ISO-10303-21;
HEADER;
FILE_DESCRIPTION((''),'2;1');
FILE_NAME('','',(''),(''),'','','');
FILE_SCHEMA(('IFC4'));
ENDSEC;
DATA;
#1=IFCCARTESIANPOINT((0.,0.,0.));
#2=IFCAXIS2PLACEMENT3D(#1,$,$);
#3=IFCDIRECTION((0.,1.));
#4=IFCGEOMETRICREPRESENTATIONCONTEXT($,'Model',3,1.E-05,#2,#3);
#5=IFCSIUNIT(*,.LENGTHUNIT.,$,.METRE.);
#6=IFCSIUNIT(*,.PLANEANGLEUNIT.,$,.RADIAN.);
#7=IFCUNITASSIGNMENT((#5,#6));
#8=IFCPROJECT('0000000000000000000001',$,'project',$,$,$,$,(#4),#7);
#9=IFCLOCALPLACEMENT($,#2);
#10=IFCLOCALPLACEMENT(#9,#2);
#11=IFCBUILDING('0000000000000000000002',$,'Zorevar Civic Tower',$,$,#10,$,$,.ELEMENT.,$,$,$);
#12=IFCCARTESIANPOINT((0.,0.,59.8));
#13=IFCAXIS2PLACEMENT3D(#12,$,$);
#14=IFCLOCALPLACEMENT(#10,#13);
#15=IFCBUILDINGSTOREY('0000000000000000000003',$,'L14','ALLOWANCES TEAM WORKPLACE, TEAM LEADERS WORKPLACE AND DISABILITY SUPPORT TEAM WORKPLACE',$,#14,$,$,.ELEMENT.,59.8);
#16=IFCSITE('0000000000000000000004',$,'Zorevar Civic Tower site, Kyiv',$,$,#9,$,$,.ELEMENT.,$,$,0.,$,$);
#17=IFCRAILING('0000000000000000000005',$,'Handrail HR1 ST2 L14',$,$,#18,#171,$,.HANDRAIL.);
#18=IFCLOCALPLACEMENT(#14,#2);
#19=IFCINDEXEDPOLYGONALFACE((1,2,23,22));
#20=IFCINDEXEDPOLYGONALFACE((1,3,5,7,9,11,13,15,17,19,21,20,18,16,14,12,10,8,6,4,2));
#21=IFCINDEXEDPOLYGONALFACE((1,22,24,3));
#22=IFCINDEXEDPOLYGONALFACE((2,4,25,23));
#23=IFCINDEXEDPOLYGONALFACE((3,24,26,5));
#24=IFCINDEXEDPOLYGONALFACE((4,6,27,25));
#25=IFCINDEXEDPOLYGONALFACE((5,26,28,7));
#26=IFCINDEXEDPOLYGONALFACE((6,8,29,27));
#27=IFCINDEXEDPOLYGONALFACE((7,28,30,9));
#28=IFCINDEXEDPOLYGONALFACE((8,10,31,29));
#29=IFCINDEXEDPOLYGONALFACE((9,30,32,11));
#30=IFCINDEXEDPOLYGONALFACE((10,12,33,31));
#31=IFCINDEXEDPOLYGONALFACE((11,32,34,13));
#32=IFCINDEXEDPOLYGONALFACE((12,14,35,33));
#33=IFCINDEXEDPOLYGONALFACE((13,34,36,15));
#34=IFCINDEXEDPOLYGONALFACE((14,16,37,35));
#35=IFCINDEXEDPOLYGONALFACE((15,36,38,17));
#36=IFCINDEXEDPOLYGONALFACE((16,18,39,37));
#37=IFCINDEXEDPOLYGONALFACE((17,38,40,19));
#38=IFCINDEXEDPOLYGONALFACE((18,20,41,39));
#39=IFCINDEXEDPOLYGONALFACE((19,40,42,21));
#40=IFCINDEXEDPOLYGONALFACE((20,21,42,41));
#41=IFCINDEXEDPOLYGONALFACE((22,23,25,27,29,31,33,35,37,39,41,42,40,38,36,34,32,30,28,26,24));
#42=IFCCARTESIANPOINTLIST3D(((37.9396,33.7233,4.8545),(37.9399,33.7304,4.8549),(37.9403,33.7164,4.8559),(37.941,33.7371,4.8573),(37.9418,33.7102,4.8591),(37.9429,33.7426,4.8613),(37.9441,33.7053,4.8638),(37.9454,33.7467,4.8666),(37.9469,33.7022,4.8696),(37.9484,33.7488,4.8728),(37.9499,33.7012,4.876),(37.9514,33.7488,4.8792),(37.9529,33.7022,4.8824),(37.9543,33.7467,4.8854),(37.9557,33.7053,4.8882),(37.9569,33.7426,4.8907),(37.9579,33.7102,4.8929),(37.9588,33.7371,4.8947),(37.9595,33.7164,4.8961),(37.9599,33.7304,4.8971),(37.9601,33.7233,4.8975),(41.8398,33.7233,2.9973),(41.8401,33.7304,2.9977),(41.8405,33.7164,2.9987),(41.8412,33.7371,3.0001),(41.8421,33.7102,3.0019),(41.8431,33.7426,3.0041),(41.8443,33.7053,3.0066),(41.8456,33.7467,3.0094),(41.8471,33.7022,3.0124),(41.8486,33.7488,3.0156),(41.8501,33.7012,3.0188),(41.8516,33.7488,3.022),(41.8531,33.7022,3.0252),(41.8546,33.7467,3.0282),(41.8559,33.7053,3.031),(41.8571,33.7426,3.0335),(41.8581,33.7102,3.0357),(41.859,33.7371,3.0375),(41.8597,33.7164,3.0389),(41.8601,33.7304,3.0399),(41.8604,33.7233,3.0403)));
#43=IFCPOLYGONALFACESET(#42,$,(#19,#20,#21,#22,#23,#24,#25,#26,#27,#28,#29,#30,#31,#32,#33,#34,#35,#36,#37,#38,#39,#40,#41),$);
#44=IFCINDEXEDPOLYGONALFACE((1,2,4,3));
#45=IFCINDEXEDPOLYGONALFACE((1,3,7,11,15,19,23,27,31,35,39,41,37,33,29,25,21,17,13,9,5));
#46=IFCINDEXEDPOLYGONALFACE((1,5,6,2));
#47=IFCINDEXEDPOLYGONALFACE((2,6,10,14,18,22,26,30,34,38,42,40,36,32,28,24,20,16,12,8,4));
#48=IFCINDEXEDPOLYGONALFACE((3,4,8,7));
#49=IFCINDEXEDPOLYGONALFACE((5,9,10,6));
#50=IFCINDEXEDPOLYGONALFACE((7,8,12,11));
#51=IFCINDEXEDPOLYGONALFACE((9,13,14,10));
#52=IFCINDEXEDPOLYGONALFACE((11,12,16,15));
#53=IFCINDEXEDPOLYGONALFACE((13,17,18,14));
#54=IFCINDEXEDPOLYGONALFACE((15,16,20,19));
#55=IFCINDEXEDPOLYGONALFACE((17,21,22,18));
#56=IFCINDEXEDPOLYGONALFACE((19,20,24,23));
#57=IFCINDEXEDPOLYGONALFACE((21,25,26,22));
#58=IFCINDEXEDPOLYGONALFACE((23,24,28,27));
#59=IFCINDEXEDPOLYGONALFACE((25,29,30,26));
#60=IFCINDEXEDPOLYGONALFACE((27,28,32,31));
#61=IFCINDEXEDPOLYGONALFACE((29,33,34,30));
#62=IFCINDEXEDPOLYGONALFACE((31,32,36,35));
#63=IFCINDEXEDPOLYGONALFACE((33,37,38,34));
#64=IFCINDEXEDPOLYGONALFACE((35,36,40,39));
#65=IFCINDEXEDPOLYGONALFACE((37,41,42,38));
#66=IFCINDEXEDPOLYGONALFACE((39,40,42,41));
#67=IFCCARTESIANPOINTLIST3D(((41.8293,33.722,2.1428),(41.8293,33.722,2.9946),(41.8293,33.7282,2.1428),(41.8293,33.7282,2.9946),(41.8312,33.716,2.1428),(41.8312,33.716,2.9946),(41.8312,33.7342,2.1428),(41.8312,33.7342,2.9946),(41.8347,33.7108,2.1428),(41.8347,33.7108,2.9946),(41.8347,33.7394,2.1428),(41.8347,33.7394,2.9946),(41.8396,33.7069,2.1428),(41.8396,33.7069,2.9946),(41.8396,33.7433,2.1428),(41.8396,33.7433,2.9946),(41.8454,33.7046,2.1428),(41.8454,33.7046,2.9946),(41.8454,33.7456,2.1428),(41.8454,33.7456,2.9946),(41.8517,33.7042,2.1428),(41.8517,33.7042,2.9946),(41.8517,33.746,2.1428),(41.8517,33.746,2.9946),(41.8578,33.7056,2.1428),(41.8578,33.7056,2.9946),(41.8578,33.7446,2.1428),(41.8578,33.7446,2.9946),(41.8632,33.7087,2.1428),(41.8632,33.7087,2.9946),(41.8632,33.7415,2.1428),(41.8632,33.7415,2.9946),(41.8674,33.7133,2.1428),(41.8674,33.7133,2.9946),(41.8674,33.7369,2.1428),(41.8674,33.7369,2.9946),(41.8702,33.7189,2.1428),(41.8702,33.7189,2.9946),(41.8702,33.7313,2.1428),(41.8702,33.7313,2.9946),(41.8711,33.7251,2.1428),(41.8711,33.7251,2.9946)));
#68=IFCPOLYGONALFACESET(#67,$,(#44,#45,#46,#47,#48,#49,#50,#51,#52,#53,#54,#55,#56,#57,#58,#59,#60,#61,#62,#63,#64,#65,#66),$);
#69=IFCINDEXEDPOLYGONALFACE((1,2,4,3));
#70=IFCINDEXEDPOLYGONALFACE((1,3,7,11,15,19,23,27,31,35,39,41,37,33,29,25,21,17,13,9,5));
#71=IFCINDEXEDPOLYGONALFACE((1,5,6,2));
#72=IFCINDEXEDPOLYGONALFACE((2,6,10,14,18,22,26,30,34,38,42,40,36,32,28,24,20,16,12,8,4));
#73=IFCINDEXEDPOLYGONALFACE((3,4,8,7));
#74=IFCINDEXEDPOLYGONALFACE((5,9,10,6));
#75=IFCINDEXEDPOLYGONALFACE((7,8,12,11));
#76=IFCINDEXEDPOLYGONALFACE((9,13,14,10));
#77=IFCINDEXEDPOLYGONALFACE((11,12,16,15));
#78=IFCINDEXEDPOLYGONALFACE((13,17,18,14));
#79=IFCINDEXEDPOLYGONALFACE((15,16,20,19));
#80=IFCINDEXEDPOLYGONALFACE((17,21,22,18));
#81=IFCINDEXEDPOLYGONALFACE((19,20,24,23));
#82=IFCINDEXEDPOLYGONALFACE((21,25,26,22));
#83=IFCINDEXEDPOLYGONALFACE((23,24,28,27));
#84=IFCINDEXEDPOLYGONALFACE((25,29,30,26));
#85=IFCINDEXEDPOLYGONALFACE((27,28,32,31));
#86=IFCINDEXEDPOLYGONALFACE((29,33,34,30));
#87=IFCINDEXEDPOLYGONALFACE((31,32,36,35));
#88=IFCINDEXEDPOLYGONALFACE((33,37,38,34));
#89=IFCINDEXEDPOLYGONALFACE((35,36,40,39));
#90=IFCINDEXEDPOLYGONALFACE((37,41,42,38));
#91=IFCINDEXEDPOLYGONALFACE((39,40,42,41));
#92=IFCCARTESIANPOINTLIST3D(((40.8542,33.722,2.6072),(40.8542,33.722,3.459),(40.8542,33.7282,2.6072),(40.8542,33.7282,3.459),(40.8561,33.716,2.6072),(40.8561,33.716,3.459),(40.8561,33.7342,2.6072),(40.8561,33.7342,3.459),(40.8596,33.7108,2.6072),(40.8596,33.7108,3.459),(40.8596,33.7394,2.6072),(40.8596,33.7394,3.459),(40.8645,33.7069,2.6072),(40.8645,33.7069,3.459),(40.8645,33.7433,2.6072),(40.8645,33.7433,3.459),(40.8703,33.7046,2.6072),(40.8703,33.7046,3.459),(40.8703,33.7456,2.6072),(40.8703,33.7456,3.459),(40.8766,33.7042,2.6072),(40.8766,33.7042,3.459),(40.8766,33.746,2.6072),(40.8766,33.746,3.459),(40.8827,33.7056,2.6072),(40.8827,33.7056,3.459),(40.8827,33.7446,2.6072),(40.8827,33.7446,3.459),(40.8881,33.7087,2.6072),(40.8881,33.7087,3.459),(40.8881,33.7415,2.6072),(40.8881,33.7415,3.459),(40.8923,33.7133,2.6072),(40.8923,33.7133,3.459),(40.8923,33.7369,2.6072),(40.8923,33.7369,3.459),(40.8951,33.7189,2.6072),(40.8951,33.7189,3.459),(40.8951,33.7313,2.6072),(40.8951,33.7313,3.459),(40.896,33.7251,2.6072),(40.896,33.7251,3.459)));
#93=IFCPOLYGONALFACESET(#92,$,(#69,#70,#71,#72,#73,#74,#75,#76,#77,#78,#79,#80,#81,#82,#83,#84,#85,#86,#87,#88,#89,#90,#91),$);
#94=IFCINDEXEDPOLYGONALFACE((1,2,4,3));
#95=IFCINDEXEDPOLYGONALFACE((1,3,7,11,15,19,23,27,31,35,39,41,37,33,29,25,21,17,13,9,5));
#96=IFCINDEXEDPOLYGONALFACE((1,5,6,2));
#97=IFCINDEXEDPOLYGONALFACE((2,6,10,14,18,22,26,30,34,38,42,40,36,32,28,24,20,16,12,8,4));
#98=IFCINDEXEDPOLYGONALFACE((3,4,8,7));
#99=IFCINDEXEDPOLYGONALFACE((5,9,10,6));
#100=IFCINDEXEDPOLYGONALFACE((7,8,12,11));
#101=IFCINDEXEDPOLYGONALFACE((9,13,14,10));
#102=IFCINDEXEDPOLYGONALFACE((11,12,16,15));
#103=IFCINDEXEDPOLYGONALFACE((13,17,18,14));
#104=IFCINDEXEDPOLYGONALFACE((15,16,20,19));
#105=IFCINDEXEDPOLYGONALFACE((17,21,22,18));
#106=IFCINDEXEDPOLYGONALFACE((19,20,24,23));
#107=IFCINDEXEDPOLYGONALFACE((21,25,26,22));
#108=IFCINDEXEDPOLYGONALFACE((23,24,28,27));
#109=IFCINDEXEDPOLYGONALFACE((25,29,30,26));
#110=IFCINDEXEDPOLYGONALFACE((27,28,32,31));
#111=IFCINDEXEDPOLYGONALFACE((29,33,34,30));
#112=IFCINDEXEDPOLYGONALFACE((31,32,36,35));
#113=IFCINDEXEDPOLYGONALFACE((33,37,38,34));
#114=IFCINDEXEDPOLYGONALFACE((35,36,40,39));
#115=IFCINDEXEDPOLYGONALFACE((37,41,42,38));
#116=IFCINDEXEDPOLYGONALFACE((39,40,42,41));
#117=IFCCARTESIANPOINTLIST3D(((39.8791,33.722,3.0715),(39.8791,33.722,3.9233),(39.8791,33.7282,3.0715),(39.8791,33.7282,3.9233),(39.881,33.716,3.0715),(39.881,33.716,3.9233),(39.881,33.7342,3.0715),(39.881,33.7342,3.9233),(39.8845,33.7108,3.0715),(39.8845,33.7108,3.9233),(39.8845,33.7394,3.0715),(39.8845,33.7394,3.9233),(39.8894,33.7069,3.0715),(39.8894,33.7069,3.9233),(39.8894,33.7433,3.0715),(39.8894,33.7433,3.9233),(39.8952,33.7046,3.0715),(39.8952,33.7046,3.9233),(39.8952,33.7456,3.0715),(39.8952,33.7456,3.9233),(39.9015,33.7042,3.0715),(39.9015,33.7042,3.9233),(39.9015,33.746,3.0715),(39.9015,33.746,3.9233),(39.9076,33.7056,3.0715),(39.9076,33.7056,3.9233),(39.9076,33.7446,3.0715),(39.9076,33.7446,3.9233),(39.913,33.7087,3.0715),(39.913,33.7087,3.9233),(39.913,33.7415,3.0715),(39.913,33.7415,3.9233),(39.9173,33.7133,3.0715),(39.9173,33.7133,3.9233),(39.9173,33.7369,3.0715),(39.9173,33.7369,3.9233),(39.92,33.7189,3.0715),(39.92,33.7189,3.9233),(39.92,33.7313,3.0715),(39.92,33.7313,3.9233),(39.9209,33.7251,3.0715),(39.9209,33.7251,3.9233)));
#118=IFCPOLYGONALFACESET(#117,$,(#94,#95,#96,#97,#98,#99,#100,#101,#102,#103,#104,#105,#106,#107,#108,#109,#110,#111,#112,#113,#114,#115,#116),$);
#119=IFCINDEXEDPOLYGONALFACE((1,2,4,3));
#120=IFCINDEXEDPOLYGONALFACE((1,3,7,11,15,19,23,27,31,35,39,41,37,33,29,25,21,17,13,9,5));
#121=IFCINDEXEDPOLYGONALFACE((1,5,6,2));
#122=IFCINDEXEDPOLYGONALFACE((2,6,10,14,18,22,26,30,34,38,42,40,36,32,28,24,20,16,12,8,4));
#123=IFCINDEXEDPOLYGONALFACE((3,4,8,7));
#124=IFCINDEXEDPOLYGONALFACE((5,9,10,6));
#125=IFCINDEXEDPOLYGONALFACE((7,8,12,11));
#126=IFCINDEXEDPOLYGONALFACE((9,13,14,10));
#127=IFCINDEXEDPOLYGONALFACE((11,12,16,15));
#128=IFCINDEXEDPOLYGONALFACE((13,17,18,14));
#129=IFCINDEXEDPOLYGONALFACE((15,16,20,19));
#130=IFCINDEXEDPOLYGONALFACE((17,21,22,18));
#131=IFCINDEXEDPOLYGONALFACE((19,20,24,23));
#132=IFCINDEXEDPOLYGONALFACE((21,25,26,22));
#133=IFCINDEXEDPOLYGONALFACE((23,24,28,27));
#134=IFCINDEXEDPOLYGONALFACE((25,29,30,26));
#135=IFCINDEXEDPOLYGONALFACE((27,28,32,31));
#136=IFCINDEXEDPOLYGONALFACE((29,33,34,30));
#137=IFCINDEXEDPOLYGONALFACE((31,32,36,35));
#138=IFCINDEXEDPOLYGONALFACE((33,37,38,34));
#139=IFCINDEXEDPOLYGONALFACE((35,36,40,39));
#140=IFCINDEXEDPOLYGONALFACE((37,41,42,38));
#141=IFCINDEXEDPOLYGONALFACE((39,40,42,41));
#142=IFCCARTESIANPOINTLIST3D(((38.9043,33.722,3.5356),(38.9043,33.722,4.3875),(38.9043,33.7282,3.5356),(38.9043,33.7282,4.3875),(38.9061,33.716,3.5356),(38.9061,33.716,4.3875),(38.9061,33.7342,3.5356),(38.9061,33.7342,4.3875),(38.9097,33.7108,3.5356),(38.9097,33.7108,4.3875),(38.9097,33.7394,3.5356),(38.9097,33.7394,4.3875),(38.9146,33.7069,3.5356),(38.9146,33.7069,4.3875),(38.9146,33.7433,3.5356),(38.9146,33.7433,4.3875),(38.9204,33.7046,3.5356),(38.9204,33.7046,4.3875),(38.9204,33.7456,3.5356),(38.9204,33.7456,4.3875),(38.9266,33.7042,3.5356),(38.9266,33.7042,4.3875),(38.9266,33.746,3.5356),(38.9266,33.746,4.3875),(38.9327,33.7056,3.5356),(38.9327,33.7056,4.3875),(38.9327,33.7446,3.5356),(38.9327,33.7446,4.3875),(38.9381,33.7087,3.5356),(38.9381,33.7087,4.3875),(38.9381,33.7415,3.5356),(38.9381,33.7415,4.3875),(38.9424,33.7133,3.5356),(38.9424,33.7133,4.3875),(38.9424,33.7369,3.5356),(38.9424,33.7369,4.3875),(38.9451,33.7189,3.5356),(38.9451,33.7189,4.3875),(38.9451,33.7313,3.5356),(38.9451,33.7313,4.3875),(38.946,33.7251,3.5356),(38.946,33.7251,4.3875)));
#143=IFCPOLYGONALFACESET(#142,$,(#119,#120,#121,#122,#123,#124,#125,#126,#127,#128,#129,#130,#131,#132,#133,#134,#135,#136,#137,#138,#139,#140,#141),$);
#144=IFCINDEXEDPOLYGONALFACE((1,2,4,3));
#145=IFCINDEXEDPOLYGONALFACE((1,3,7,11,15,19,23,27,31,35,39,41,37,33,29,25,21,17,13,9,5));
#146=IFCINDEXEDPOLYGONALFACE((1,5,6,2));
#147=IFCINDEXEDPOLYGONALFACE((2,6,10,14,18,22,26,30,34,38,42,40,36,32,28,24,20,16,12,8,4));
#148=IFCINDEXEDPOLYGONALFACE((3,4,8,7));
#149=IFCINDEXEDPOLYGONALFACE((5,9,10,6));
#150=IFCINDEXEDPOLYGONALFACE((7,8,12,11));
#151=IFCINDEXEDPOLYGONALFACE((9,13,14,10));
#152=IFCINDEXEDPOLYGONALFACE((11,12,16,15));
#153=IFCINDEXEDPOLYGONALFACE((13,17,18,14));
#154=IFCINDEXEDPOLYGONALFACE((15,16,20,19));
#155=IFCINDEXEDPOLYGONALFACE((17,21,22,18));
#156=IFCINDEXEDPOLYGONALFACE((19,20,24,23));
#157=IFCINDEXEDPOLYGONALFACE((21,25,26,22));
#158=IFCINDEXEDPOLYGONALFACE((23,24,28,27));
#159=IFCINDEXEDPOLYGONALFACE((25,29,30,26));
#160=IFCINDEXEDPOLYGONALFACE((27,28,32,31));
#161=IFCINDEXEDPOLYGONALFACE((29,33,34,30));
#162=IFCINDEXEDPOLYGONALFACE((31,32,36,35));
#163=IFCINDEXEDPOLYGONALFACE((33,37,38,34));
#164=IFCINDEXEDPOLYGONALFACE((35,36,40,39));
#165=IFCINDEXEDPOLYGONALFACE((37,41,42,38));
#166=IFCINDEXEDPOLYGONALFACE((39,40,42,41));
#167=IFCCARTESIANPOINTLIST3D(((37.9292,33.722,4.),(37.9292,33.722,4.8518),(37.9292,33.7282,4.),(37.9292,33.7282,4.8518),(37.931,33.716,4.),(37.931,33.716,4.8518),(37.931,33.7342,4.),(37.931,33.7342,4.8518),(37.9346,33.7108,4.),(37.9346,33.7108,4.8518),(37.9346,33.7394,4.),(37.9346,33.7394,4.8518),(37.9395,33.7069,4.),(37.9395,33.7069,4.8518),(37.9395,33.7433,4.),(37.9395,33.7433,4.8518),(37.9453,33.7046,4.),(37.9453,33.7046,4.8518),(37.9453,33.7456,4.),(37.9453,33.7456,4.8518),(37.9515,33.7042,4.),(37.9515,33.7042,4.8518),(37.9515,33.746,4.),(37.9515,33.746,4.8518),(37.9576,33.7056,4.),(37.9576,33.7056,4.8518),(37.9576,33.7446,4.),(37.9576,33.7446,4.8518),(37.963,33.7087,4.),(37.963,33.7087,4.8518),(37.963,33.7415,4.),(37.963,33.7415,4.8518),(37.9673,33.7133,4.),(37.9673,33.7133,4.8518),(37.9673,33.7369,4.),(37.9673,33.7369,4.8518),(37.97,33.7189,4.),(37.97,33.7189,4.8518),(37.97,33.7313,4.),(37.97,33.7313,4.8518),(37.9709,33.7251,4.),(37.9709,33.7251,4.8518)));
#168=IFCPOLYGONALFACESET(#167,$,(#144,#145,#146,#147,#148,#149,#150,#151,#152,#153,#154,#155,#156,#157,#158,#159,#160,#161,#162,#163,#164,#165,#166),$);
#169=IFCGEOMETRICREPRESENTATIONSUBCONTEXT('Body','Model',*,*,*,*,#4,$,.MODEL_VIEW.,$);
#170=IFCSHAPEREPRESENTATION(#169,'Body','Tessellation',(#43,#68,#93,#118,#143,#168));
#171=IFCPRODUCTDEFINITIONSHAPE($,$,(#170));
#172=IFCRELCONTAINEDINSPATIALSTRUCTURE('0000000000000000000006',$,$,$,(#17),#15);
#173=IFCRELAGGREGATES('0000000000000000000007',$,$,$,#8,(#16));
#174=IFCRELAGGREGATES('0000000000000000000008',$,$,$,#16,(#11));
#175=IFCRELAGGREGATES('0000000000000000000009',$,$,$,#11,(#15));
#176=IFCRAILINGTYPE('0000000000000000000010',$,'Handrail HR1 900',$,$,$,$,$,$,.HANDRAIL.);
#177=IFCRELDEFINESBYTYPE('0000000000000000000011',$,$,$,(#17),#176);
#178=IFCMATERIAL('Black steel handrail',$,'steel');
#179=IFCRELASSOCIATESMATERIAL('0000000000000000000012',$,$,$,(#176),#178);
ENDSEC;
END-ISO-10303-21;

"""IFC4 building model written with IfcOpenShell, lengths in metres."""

from ifc_helpers import new_model, si_unit, direction, frame, origin, origin_2d, place, context, subcontext, project, spatial, circle, extrude, material, type_object, element, save


model = new_model("IFC4")

# Units and contexts
model_context = context("Model", 3, precision=1e-05, world=origin(), true_north=direction((0.0, 1.0)))
body_context = subcontext(model_context, "Body", "Model", "MODEL_VIEW")
ifc_project = project(units=[si_unit("LENGTHUNIT", "METRE"), si_unit("PLANEANGLEUNIT", "RADIAN")], contexts=[model_context])

# Site, building, storey
site_placement = place(None, origin())
site = spatial("IfcSite", under=ifc_project, at=site_placement, Name="Zorevar Civic Tower site, Kyiv", CompositionType="ELEMENT", RefElevation=0.0)
building_placement = place(site_placement, origin())
building = spatial("IfcBuilding", under=site, at=building_placement, Name="Zorevar Civic Tower", CompositionType="ELEMENT")
storey_placement = place(building_placement, frame((0.0, 0.0, 59.8)))
storey = spatial("IfcBuildingStorey", under=building, at=storey_placement, Name="L14", Description="ALLOWANCES TEAM WORKPLACE, TEAM LEADERS WORKPLACE AND DISABILITY SUPPORT TEAM WORKPLACE", CompositionType="ELEMENT", Elevation=59.8)

# Railing
ifc_material_1 = material(Name="Black steel handrail", Category="steel")
railing_type_1 = type_object("IfcRailingType", Name="Handrail HR1 900", PredefinedType="HANDRAIL", material=ifc_material_1)
railing_1_placement = place(storey_placement, frame((41.8501, 33.7251, 2.1428)))
element("IfcRailing", 1, at=railing_1_placement, inside=storey, type_object=railing_type_1, Name="Handrail HR1 ST2 L14", PredefinedType="HANDRAIL", context=body_context, shape_type="SweptSolid", body=[
    extrude(circle(Radius=0.0239, at=origin_2d()), frame((0.0, 0.0, 0.876), z_axis=(-0.902864, 0.0, 0.429927), x_axis=(0.0, -1.0, 0.0)), (0.0, 0.0, 1.0), 4.3198),
    extrude(circle(Radius=0.021, at=origin_2d()), origin(), (0.0, 0.0, 1.0), 0.8518),
    extrude(circle(Radius=0.021, at=origin_2d()), frame((-0.9751, 0.0, 0.4644)), (0.0, 0.0, 1.0), 0.8518),
    extrude(circle(Radius=0.021, at=origin_2d()), frame((-1.9502, 0.0, 0.9287)), (0.0, 0.0, 1.0), 0.8518),
    extrude(circle(Radius=0.021, at=origin_2d()), frame((-2.925, 0.0, 1.3928)), (0.0, 0.0, 1.0), 0.8518),
    extrude(circle(Radius=0.021, at=origin_2d()), frame((-3.9001, 0.0, 1.8572)), (0.0, 0.0, 1.0), 0.8518),
])

save(model, "model.ifc")
